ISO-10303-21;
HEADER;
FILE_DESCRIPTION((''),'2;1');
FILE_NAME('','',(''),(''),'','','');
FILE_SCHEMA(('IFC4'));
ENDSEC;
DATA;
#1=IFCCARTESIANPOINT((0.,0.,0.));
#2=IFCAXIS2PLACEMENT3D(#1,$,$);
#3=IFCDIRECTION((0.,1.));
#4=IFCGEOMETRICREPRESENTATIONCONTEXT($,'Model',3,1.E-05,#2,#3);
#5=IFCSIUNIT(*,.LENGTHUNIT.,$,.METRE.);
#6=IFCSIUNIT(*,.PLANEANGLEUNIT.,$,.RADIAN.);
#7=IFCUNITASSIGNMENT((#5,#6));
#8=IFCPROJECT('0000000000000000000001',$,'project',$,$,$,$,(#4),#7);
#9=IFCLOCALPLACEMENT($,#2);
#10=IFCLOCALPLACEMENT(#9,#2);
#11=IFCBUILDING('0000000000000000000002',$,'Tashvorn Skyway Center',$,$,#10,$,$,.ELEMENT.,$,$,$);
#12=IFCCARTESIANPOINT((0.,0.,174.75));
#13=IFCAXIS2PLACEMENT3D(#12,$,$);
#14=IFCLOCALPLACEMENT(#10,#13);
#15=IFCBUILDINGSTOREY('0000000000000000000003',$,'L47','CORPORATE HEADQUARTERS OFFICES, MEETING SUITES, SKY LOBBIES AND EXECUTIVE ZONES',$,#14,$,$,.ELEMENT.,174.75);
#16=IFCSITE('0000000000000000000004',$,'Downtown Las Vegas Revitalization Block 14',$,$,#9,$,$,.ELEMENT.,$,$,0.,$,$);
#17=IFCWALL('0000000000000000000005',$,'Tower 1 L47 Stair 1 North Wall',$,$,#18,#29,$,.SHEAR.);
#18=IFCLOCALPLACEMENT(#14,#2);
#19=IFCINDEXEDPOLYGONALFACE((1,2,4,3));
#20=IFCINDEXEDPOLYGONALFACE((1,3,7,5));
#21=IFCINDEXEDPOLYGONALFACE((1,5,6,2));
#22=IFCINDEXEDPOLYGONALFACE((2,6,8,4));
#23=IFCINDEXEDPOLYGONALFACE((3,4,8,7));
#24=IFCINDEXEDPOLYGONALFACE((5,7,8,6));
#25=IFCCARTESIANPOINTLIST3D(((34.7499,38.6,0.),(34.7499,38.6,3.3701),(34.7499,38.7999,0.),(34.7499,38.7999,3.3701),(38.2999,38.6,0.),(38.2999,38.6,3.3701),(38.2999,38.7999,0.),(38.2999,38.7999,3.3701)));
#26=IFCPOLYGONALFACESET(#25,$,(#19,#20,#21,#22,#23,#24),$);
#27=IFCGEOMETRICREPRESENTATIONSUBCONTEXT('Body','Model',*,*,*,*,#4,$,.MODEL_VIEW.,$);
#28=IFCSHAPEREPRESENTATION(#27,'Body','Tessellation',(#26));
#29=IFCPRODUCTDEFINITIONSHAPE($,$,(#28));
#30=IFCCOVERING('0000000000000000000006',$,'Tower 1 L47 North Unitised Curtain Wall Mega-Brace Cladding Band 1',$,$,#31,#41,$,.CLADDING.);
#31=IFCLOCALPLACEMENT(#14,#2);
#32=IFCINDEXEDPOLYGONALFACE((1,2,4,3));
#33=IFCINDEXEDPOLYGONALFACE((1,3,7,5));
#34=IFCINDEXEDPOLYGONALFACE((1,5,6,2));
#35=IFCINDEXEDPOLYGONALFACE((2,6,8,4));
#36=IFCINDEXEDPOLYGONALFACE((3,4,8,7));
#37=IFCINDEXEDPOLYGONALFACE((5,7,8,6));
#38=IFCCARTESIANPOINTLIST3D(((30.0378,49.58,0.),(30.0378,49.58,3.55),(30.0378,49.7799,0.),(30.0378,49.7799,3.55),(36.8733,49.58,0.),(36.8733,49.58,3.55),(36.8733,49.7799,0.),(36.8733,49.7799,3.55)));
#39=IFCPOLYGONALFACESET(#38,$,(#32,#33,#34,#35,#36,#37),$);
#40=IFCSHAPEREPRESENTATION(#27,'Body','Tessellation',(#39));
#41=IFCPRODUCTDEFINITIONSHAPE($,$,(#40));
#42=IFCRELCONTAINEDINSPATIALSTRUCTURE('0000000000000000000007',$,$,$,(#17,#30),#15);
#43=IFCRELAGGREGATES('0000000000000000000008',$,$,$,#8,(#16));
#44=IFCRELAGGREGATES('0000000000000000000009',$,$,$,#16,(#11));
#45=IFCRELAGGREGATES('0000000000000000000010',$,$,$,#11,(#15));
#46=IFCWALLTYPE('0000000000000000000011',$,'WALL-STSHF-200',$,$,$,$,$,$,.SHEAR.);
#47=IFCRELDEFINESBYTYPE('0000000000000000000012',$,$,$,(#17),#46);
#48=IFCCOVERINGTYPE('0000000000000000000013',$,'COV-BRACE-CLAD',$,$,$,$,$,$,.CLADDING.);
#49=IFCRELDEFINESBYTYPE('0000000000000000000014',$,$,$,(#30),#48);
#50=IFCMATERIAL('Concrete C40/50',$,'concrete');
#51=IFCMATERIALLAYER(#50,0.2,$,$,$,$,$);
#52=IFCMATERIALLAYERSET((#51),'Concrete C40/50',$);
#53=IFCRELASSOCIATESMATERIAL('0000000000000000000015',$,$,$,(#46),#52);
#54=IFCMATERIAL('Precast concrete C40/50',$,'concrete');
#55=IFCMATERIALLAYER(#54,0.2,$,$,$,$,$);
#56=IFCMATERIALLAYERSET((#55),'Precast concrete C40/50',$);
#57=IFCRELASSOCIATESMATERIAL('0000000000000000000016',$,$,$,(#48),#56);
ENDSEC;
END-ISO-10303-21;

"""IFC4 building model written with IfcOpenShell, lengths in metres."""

from ifc_helpers import new_model, si_unit, direction, frame, frame_2d, origin, origin_2d, place, context, subcontext, project, spatial, rectangle, extrude, material, layer, layer_set, type_object, element, save


model = new_model("IFC4")

# Units and contexts
model_context = context("Model", 3, precision=1e-05, world=origin(), true_north=direction((0.0, 1.0)))
body_context = subcontext(model_context, "Body", "Model", "MODEL_VIEW")
ifc_project = project(units=[si_unit("LENGTHUNIT", "METRE"), si_unit("PLANEANGLEUNIT", "RADIAN")], contexts=[model_context])

# Site, building, storey
site_placement = place(None, origin())
site = spatial("IfcSite", under=ifc_project, at=site_placement, Name="Downtown Las Vegas Revitalization Block 14", CompositionType="ELEMENT", RefElevation=0.0)
building_placement = place(site_placement, origin())
building = spatial("IfcBuilding", under=site, at=building_placement, Name="Tashvorn Skyway Center", CompositionType="ELEMENT")
storey_placement = place(building_placement, frame((0.0, 0.0, 174.75)))
storey = spatial("IfcBuildingStorey", under=building, at=storey_placement, Name="L47", Description="CORPORATE HEADQUARTERS OFFICES, MEETING SUITES, SKY LOBBIES AND EXECUTIVE ZONES", CompositionType="ELEMENT", Elevation=174.75)

# Wall
ifc_material_1 = material(Name="Concrete C40/50", Category="concrete")
ifc_layer_1 = layer(ifc_material_1, 0.2)
ifc_layer_set_1 = layer_set([ifc_layer_1], Name="Concrete C40/50")
wall_type_1 = type_object("IfcWallType", Name="WALL-STSHF-200", PredefinedType="SHEAR", material=ifc_layer_set_1)
wall_1_placement = place(storey_placement, frame((34.75, 38.7, 0.0), z_axis=(0.0, 0.0, 1.0), x_axis=(1.0, 0.0, 0.0)))
element("IfcWall", 1, at=wall_1_placement, inside=storey, type_object=wall_type_1, Name="Tower 1 L47 Stair 1 North Wall", PredefinedType="SHEAR", context=body_context, shape_type="SweptSolid", body=[
    extrude(rectangle(XDim=3.55, YDim=0.2, at=frame_2d((1.7749, 0.0))), origin(), (0.0, 0.0, 1.0), 3.3701),
])

# Covering
ifc_material_2 = material(Name="Precast concrete C40/50", Category="concrete")
ifc_layer_2 = layer(ifc_material_2, 0.2)
ifc_layer_set_2 = layer_set([ifc_layer_2], Name="Precast concrete C40/50")
covering_type = type_object("IfcCoveringType", Name="COV-BRACE-CLAD", PredefinedType="CLADDING", material=ifc_layer_set_2)
covering_placement = place(storey_placement, frame((33.4556, 49.6799, 0.0), z_axis=(0.0, 0.0, 1.0), x_axis=(1.0, 0.0, 0.0)))
element("IfcCovering", 2, at=covering_placement, inside=storey, type_object=covering_type, Name="Tower 1 L47 North Unitised Curtain Wall Mega-Brace Cladding Band 1", PredefinedType="CLADDING", context=body_context, shape_type="SweptSolid", body=[
    extrude(rectangle(XDim=6.8354, YDim=0.2, at=origin_2d()), origin(), (0.0, 0.0, 1.0), 3.55),
])

save(model, "model.ifc")
